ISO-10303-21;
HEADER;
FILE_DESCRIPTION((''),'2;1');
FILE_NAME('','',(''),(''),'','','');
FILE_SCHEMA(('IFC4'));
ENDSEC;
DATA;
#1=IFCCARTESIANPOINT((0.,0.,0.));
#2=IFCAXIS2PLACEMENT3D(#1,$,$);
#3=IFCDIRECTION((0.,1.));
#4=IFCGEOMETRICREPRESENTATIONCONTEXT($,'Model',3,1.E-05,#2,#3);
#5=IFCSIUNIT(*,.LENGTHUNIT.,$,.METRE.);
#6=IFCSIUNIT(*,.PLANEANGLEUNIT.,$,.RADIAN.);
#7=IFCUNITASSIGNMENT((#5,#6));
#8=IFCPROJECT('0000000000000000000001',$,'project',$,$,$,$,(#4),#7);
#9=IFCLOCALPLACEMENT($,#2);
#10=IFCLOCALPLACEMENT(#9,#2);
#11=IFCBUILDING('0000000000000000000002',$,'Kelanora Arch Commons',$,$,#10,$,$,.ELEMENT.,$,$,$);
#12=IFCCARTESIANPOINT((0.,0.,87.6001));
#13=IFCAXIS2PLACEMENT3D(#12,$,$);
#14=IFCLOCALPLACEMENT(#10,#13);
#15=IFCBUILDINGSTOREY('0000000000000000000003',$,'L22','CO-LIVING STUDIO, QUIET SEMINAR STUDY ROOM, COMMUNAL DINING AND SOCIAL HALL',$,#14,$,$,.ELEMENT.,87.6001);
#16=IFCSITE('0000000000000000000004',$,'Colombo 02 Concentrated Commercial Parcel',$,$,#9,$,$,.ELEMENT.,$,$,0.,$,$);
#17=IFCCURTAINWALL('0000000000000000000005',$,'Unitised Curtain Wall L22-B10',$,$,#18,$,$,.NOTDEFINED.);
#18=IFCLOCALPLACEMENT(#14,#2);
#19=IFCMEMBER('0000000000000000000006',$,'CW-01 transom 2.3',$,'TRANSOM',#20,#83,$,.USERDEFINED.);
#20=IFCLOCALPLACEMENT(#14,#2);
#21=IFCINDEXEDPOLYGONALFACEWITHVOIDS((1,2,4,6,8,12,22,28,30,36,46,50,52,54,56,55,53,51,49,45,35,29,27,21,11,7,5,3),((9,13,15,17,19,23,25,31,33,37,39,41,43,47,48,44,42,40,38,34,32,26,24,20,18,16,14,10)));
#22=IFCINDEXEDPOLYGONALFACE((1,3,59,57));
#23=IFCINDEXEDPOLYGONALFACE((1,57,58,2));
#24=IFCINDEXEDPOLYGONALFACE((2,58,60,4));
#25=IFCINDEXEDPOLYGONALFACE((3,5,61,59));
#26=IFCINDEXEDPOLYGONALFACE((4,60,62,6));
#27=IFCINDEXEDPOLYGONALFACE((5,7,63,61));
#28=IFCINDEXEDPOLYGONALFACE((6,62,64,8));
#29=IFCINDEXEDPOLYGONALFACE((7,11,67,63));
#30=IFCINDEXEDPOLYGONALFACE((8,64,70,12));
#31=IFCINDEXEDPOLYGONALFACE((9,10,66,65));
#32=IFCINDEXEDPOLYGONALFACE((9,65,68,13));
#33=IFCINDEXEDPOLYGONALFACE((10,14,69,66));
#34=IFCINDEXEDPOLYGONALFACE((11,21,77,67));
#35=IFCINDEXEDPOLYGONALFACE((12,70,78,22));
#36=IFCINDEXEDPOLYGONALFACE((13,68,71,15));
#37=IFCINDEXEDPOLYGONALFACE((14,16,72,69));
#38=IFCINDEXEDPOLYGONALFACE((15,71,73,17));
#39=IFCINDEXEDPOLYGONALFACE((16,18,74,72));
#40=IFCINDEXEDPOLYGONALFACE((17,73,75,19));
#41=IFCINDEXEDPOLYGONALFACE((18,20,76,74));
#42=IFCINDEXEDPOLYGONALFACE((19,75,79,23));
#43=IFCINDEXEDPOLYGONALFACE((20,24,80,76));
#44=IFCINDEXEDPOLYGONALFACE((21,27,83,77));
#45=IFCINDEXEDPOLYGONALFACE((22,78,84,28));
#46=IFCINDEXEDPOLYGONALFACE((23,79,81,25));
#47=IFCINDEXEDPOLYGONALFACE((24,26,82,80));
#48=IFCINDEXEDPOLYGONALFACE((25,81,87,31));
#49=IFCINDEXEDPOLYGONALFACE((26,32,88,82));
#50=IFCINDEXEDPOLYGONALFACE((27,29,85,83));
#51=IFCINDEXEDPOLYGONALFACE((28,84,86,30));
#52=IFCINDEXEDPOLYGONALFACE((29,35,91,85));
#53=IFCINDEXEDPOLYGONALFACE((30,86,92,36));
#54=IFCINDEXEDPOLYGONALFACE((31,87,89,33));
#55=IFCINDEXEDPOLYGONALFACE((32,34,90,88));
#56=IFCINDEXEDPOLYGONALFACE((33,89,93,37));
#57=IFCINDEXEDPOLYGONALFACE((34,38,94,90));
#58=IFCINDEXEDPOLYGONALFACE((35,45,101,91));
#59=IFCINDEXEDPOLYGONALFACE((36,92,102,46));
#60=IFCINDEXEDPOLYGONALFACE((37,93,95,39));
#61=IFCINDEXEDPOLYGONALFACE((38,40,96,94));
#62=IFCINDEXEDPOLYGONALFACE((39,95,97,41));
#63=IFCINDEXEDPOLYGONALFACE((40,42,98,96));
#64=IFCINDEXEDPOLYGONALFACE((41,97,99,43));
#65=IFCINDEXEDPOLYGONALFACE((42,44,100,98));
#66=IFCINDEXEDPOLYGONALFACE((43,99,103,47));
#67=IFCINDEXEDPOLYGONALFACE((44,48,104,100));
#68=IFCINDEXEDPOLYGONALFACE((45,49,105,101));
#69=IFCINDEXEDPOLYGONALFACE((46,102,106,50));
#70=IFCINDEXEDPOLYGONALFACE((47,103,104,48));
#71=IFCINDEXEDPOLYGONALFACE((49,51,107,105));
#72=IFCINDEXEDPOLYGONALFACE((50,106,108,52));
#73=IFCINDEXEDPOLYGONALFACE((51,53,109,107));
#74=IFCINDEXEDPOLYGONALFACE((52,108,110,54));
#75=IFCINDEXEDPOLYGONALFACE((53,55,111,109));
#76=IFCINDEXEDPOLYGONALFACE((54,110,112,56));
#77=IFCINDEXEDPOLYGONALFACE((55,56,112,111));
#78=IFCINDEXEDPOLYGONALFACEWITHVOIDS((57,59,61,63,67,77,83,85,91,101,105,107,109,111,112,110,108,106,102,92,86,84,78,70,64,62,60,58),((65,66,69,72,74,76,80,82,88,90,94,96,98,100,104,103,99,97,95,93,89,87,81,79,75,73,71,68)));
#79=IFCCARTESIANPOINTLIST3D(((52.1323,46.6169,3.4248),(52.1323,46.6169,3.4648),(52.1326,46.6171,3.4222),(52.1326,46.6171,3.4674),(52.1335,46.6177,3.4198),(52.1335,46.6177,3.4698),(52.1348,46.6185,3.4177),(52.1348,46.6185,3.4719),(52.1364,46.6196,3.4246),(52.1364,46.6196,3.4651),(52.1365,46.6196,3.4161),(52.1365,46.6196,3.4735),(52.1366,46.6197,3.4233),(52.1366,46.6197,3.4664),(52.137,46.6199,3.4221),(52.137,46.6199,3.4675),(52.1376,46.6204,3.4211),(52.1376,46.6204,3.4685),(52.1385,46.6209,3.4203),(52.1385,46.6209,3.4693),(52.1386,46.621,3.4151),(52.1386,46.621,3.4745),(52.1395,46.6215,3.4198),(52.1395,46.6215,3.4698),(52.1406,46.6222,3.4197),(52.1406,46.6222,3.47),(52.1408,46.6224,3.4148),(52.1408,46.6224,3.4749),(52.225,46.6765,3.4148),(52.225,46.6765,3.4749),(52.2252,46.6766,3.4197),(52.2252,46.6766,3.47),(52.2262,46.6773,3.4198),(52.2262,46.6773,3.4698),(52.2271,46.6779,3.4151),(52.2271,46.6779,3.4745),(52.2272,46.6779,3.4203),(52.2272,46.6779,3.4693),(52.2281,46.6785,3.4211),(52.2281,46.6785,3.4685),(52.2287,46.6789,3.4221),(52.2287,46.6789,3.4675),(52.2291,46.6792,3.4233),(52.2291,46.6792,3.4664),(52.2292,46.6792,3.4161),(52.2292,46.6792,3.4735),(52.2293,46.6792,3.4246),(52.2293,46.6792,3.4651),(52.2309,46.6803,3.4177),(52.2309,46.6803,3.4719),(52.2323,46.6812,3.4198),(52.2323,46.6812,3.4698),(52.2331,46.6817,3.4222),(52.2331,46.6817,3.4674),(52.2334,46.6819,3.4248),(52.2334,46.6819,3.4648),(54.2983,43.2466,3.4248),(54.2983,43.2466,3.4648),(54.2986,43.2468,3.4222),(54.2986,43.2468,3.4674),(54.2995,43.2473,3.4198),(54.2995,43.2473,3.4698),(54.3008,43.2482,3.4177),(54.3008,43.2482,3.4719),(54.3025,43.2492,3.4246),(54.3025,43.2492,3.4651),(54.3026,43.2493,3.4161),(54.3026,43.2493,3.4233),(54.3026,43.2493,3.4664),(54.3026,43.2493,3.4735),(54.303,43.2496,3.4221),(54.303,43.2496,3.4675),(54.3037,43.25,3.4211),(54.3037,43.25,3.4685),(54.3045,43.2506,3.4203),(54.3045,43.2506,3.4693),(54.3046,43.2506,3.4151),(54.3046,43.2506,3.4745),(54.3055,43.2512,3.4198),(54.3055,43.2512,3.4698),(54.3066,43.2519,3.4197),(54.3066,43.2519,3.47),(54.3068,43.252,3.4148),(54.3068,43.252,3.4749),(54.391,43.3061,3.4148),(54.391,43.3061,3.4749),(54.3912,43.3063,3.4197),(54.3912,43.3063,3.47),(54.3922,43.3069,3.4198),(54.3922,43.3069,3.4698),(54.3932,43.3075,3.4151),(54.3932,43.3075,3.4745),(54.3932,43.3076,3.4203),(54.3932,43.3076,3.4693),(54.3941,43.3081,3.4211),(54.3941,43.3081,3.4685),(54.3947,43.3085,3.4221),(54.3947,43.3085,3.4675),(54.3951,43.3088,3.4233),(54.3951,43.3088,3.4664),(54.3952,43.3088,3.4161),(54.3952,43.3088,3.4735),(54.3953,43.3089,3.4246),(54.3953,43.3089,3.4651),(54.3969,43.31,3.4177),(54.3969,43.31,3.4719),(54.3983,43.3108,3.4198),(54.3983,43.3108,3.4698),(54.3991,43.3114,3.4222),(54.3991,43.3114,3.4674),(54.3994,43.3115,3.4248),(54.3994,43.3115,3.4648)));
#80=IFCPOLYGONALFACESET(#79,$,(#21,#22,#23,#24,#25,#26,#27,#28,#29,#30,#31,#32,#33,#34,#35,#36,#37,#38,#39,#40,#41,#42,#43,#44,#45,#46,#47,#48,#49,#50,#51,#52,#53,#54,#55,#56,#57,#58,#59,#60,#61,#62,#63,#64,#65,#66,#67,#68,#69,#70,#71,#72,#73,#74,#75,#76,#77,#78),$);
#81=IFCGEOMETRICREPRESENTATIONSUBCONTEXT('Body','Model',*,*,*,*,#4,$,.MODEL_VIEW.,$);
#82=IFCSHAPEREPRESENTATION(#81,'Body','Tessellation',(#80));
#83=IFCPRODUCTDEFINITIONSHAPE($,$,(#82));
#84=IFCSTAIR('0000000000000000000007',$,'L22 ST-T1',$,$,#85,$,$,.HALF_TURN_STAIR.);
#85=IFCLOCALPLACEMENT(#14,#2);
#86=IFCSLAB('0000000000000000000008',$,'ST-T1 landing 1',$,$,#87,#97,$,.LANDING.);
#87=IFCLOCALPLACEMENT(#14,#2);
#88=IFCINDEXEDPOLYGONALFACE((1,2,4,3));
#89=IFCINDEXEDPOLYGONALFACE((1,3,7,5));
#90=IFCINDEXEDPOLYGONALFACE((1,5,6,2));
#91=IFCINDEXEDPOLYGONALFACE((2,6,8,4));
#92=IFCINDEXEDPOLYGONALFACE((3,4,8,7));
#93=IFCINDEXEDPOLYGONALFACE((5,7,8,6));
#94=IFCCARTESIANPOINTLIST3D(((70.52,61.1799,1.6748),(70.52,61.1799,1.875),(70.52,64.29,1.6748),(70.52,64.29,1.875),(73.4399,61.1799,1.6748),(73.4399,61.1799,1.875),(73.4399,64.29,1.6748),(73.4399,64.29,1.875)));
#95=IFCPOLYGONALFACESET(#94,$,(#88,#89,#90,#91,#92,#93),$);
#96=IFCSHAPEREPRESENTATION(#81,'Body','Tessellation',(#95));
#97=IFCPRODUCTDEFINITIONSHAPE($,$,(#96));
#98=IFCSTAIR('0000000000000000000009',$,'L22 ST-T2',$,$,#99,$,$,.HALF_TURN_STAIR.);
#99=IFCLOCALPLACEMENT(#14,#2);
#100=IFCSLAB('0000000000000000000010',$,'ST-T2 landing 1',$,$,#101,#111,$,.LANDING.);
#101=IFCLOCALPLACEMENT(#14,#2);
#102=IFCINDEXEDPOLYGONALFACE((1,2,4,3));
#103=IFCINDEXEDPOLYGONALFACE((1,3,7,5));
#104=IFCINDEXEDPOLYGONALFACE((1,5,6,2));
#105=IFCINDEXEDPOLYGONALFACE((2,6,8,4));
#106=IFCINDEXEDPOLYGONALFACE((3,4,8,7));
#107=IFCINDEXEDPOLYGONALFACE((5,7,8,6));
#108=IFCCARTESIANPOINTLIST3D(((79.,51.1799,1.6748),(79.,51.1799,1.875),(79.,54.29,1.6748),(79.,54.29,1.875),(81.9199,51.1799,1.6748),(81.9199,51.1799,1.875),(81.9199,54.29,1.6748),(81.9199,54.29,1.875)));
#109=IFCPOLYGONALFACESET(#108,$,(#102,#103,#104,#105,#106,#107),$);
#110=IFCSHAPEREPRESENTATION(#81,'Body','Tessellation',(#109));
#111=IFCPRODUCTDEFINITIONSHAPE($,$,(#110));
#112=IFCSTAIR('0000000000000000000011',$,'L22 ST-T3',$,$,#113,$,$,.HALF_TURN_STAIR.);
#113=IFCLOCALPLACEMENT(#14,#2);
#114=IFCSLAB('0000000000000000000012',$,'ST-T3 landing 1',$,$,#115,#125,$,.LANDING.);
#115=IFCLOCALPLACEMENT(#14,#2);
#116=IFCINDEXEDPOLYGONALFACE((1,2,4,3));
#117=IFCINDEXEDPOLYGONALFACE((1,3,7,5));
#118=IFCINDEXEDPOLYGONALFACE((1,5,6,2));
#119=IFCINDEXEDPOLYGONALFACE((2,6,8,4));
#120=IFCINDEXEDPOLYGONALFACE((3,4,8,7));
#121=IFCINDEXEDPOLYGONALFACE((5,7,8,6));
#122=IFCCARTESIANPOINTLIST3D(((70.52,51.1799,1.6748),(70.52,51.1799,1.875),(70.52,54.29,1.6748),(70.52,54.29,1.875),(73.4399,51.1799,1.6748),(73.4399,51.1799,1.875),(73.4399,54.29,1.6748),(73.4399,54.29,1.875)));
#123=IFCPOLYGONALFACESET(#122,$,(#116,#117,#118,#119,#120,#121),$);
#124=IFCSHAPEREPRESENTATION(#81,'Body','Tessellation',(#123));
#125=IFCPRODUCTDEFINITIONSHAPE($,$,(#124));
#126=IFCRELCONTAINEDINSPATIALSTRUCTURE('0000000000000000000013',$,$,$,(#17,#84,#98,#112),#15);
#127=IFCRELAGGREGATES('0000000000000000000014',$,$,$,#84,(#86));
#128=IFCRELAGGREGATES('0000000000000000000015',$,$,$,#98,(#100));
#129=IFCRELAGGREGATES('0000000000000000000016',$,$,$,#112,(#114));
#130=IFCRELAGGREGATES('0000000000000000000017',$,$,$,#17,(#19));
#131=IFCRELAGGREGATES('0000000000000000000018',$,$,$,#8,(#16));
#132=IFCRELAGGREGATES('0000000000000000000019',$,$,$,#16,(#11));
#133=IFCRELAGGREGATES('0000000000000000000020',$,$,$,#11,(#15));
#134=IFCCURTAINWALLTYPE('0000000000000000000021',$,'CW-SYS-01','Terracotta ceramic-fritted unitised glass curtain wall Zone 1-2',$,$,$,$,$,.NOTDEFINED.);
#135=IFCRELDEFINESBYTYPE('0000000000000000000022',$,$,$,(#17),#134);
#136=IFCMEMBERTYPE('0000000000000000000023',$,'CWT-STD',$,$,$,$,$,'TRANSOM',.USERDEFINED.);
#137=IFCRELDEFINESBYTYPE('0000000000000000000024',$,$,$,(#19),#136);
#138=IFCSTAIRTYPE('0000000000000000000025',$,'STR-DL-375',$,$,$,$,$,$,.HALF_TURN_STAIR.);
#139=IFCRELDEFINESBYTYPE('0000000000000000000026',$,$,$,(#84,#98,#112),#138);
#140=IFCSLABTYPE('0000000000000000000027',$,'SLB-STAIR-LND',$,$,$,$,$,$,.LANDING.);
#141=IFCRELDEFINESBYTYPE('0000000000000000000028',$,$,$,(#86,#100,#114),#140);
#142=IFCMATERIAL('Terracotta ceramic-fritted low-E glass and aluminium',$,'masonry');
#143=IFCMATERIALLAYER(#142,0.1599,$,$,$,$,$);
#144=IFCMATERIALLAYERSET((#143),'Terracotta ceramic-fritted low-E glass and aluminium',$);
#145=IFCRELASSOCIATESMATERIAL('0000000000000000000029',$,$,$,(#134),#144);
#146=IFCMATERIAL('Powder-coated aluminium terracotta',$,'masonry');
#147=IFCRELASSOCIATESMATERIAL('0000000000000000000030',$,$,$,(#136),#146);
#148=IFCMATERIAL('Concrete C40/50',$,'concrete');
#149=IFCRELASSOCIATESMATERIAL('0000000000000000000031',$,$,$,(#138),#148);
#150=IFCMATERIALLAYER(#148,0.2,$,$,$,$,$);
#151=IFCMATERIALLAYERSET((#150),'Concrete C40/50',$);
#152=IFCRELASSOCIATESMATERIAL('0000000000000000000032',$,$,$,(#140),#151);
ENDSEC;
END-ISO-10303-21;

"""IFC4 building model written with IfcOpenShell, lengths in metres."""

from ifc_helpers import new_model, si_unit, direction, frame, origin, origin_2d, place, context, subcontext, project, spatial, polyline, hollow_rectangle, outline, extrude, material, layer, layer_set, material_profile, profile_set, type_object, element, aggregate, save


model = new_model("IFC4")

# Units and contexts
model_context = context("Model", 3, precision=1e-05, world=origin(), true_north=direction((0.0, 1.0)))
body_context = subcontext(model_context, "Body", "Model", "MODEL_VIEW")
ifc_project = project(units=[si_unit("LENGTHUNIT", "METRE"), si_unit("PLANEANGLEUNIT", "RADIAN")], contexts=[model_context])

# Site, building, storey
site_placement = place(None, origin())
site = spatial("IfcSite", under=ifc_project, at=site_placement, Name="Colombo 02 Concentrated Commercial Parcel", CompositionType="ELEMENT", RefElevation=0.0)
building_placement = place(site_placement, origin())
building = spatial("IfcBuilding", under=site, at=building_placement, Name="Kelanora Arch Commons", CompositionType="ELEMENT")
storey_placement = place(building_placement, frame((0.0, 0.0, 87.6001)))
storey = spatial("IfcBuildingStorey", under=building, at=storey_placement, Name="L22", Description="CO-LIVING STUDIO, QUIET SEMINAR STUDY ROOM, COMMUNAL DINING AND SOCIAL HALL", CompositionType="ELEMENT", Elevation=87.6001)

# Shared definitions
ifc_material_1 = material(Name="Terracotta ceramic-fritted low-E glass and aluminium", Category="masonry")
ifc_layer_1 = layer(ifc_material_1, 0.1599)
ifc_layer_set_1 = layer_set([ifc_layer_1], Name="Terracotta ceramic-fritted low-E glass and aluminium")
curtain_wall_type = type_object("IfcCurtainWallType", Name="CW-SYS-01", Description="Terracotta ceramic-fritted unitised glass curtain wall Zone 1-2", PredefinedType="NOTDEFINED", material=ifc_layer_set_1)
ifc_material_2 = material(Name="Powder-coated aluminium terracotta", Category="masonry")

# Curtain wall, member
curtain_wall_1_placement = place(storey_placement, origin())
curtain_wall_1 = element("IfcCurtainWall", 1, at=curtain_wall_1_placement, inside=storey, type_object=curtain_wall_type, Name="Unitised Curtain Wall L22-B10", PredefinedType="NOTDEFINED")
ifc_material_profile_1 = material_profile(ifc_material_2, hollow_rectangle(XDim=0.1201, YDim=0.0601, WallThickness=0.0049, InnerFilletRadius=0.0049, OuterFilletRadius=0.01, at=origin_2d()), Name="CWT120x60")
ifc_profile_set_1 = profile_set([ifc_material_profile_1], Name="Powder-coated aluminium terracotta")
member_type_1 = type_object("IfcMemberType", Name="CWT-STD", ElementType="TRANSOM", PredefinedType="USERDEFINED", material=ifc_profile_set_1)
member_1_placement = place(storey_placement, frame((52.1829, 46.6494, 3.4448), z_axis=(0.540644, -0.841252, 0.0), x_axis=(0.841252, 0.540644, 0.0)))
member_1 = element("IfcMember", 2, at=member_1_placement, type_object=member_type_1, Name="CW-01 transom 2.3", ObjectType="TRANSOM", PredefinedType="USERDEFINED", context=body_context, shape_type="SweptSolid", body=[
    extrude(hollow_rectangle(XDim=0.1201, YDim=0.0601, WallThickness=0.0049, InnerFilletRadius=0.0049, OuterFilletRadius=0.01, at=origin_2d()), origin(), (0.0, 0.0, 1.0), 4.0063),
])

# Stairs, slabs
ifc_material_3 = material(Name="Concrete C40/50", Category="concrete")
stair_type = type_object("IfcStairType", Name="STR-DL-375", PredefinedType="HALF_TURN_STAIR", material=ifc_material_3)
stair_1_placement = place(storey_placement, origin())
stair_1 = element("IfcStair", 3, at=stair_1_placement, inside=storey, type_object=stair_type, Name="L22 ST-T1", PredefinedType="HALF_TURN_STAIR")
ifc_layer_2 = layer(ifc_material_3, 0.2)
ifc_layer_set_2 = layer_set([ifc_layer_2], Name="Concrete C40/50")
slab_type_1 = type_object("IfcSlabType", Name="SLB-STAIR-LND", PredefinedType="LANDING", material=ifc_layer_set_2)
slab_1_placement = place(storey_placement, frame((0.0, 0.0, 1.6748)))
slab_1 = element("IfcSlab", 4, at=slab_1_placement, type_object=slab_type_1, Name="ST-T1 landing 1", PredefinedType="LANDING", context=body_context, shape_type="SweptSolid", body=[
    extrude(outline(polyline([(70.52, 61.1799), (73.4399, 61.1799), (73.4399, 64.29), (70.52, 64.29), (70.52, 61.1799)])), origin(), (0.0, 0.0, 1.0), 0.2002),
])
aggregate(stair_1, [slab_1])
stair_2_placement = place(storey_placement, origin())
stair_2 = element("IfcStair", 5, at=stair_2_placement, inside=storey, type_object=stair_type, Name="L22 ST-T2", PredefinedType="HALF_TURN_STAIR")
slab_2_placement = place(storey_placement, frame((0.0, 0.0, 1.6748)))
slab_2 = element("IfcSlab", 6, at=slab_2_placement, type_object=slab_type_1, Name="ST-T2 landing 1", PredefinedType="LANDING", context=body_context, shape_type="SweptSolid", body=[
    extrude(outline(polyline([(79.0, 51.1799), (81.9199, 51.1799), (81.9199, 54.29), (79.0, 54.29), (79.0, 51.1799)])), origin(), (0.0, 0.0, 1.0), 0.2002),
])
aggregate(stair_2, [slab_2])
stair_3_placement = place(storey_placement, origin())
stair_3 = element("IfcStair", 7, at=stair_3_placement, inside=storey, type_object=stair_type, Name="L22 ST-T3", PredefinedType="HALF_TURN_STAIR")
slab_3_placement = place(storey_placement, frame((0.0, 0.0, 1.6748)))
slab_3 = element("IfcSlab", 8, at=slab_3_placement, type_object=slab_type_1, Name="ST-T3 landing 1", PredefinedType="LANDING", context=body_context, shape_type="SweptSolid", body=[
    extrude(outline(polyline([(70.52, 51.1799), (73.4399, 51.1799), (73.4399, 54.29), (70.52, 54.29), (70.52, 51.1799)])), origin(), (0.0, 0.0, 1.0), 0.2002),
])
aggregate(stair_3, [slab_3])

aggregate(curtain_wall_1, [member_1])

save(model, "model.ifc")
